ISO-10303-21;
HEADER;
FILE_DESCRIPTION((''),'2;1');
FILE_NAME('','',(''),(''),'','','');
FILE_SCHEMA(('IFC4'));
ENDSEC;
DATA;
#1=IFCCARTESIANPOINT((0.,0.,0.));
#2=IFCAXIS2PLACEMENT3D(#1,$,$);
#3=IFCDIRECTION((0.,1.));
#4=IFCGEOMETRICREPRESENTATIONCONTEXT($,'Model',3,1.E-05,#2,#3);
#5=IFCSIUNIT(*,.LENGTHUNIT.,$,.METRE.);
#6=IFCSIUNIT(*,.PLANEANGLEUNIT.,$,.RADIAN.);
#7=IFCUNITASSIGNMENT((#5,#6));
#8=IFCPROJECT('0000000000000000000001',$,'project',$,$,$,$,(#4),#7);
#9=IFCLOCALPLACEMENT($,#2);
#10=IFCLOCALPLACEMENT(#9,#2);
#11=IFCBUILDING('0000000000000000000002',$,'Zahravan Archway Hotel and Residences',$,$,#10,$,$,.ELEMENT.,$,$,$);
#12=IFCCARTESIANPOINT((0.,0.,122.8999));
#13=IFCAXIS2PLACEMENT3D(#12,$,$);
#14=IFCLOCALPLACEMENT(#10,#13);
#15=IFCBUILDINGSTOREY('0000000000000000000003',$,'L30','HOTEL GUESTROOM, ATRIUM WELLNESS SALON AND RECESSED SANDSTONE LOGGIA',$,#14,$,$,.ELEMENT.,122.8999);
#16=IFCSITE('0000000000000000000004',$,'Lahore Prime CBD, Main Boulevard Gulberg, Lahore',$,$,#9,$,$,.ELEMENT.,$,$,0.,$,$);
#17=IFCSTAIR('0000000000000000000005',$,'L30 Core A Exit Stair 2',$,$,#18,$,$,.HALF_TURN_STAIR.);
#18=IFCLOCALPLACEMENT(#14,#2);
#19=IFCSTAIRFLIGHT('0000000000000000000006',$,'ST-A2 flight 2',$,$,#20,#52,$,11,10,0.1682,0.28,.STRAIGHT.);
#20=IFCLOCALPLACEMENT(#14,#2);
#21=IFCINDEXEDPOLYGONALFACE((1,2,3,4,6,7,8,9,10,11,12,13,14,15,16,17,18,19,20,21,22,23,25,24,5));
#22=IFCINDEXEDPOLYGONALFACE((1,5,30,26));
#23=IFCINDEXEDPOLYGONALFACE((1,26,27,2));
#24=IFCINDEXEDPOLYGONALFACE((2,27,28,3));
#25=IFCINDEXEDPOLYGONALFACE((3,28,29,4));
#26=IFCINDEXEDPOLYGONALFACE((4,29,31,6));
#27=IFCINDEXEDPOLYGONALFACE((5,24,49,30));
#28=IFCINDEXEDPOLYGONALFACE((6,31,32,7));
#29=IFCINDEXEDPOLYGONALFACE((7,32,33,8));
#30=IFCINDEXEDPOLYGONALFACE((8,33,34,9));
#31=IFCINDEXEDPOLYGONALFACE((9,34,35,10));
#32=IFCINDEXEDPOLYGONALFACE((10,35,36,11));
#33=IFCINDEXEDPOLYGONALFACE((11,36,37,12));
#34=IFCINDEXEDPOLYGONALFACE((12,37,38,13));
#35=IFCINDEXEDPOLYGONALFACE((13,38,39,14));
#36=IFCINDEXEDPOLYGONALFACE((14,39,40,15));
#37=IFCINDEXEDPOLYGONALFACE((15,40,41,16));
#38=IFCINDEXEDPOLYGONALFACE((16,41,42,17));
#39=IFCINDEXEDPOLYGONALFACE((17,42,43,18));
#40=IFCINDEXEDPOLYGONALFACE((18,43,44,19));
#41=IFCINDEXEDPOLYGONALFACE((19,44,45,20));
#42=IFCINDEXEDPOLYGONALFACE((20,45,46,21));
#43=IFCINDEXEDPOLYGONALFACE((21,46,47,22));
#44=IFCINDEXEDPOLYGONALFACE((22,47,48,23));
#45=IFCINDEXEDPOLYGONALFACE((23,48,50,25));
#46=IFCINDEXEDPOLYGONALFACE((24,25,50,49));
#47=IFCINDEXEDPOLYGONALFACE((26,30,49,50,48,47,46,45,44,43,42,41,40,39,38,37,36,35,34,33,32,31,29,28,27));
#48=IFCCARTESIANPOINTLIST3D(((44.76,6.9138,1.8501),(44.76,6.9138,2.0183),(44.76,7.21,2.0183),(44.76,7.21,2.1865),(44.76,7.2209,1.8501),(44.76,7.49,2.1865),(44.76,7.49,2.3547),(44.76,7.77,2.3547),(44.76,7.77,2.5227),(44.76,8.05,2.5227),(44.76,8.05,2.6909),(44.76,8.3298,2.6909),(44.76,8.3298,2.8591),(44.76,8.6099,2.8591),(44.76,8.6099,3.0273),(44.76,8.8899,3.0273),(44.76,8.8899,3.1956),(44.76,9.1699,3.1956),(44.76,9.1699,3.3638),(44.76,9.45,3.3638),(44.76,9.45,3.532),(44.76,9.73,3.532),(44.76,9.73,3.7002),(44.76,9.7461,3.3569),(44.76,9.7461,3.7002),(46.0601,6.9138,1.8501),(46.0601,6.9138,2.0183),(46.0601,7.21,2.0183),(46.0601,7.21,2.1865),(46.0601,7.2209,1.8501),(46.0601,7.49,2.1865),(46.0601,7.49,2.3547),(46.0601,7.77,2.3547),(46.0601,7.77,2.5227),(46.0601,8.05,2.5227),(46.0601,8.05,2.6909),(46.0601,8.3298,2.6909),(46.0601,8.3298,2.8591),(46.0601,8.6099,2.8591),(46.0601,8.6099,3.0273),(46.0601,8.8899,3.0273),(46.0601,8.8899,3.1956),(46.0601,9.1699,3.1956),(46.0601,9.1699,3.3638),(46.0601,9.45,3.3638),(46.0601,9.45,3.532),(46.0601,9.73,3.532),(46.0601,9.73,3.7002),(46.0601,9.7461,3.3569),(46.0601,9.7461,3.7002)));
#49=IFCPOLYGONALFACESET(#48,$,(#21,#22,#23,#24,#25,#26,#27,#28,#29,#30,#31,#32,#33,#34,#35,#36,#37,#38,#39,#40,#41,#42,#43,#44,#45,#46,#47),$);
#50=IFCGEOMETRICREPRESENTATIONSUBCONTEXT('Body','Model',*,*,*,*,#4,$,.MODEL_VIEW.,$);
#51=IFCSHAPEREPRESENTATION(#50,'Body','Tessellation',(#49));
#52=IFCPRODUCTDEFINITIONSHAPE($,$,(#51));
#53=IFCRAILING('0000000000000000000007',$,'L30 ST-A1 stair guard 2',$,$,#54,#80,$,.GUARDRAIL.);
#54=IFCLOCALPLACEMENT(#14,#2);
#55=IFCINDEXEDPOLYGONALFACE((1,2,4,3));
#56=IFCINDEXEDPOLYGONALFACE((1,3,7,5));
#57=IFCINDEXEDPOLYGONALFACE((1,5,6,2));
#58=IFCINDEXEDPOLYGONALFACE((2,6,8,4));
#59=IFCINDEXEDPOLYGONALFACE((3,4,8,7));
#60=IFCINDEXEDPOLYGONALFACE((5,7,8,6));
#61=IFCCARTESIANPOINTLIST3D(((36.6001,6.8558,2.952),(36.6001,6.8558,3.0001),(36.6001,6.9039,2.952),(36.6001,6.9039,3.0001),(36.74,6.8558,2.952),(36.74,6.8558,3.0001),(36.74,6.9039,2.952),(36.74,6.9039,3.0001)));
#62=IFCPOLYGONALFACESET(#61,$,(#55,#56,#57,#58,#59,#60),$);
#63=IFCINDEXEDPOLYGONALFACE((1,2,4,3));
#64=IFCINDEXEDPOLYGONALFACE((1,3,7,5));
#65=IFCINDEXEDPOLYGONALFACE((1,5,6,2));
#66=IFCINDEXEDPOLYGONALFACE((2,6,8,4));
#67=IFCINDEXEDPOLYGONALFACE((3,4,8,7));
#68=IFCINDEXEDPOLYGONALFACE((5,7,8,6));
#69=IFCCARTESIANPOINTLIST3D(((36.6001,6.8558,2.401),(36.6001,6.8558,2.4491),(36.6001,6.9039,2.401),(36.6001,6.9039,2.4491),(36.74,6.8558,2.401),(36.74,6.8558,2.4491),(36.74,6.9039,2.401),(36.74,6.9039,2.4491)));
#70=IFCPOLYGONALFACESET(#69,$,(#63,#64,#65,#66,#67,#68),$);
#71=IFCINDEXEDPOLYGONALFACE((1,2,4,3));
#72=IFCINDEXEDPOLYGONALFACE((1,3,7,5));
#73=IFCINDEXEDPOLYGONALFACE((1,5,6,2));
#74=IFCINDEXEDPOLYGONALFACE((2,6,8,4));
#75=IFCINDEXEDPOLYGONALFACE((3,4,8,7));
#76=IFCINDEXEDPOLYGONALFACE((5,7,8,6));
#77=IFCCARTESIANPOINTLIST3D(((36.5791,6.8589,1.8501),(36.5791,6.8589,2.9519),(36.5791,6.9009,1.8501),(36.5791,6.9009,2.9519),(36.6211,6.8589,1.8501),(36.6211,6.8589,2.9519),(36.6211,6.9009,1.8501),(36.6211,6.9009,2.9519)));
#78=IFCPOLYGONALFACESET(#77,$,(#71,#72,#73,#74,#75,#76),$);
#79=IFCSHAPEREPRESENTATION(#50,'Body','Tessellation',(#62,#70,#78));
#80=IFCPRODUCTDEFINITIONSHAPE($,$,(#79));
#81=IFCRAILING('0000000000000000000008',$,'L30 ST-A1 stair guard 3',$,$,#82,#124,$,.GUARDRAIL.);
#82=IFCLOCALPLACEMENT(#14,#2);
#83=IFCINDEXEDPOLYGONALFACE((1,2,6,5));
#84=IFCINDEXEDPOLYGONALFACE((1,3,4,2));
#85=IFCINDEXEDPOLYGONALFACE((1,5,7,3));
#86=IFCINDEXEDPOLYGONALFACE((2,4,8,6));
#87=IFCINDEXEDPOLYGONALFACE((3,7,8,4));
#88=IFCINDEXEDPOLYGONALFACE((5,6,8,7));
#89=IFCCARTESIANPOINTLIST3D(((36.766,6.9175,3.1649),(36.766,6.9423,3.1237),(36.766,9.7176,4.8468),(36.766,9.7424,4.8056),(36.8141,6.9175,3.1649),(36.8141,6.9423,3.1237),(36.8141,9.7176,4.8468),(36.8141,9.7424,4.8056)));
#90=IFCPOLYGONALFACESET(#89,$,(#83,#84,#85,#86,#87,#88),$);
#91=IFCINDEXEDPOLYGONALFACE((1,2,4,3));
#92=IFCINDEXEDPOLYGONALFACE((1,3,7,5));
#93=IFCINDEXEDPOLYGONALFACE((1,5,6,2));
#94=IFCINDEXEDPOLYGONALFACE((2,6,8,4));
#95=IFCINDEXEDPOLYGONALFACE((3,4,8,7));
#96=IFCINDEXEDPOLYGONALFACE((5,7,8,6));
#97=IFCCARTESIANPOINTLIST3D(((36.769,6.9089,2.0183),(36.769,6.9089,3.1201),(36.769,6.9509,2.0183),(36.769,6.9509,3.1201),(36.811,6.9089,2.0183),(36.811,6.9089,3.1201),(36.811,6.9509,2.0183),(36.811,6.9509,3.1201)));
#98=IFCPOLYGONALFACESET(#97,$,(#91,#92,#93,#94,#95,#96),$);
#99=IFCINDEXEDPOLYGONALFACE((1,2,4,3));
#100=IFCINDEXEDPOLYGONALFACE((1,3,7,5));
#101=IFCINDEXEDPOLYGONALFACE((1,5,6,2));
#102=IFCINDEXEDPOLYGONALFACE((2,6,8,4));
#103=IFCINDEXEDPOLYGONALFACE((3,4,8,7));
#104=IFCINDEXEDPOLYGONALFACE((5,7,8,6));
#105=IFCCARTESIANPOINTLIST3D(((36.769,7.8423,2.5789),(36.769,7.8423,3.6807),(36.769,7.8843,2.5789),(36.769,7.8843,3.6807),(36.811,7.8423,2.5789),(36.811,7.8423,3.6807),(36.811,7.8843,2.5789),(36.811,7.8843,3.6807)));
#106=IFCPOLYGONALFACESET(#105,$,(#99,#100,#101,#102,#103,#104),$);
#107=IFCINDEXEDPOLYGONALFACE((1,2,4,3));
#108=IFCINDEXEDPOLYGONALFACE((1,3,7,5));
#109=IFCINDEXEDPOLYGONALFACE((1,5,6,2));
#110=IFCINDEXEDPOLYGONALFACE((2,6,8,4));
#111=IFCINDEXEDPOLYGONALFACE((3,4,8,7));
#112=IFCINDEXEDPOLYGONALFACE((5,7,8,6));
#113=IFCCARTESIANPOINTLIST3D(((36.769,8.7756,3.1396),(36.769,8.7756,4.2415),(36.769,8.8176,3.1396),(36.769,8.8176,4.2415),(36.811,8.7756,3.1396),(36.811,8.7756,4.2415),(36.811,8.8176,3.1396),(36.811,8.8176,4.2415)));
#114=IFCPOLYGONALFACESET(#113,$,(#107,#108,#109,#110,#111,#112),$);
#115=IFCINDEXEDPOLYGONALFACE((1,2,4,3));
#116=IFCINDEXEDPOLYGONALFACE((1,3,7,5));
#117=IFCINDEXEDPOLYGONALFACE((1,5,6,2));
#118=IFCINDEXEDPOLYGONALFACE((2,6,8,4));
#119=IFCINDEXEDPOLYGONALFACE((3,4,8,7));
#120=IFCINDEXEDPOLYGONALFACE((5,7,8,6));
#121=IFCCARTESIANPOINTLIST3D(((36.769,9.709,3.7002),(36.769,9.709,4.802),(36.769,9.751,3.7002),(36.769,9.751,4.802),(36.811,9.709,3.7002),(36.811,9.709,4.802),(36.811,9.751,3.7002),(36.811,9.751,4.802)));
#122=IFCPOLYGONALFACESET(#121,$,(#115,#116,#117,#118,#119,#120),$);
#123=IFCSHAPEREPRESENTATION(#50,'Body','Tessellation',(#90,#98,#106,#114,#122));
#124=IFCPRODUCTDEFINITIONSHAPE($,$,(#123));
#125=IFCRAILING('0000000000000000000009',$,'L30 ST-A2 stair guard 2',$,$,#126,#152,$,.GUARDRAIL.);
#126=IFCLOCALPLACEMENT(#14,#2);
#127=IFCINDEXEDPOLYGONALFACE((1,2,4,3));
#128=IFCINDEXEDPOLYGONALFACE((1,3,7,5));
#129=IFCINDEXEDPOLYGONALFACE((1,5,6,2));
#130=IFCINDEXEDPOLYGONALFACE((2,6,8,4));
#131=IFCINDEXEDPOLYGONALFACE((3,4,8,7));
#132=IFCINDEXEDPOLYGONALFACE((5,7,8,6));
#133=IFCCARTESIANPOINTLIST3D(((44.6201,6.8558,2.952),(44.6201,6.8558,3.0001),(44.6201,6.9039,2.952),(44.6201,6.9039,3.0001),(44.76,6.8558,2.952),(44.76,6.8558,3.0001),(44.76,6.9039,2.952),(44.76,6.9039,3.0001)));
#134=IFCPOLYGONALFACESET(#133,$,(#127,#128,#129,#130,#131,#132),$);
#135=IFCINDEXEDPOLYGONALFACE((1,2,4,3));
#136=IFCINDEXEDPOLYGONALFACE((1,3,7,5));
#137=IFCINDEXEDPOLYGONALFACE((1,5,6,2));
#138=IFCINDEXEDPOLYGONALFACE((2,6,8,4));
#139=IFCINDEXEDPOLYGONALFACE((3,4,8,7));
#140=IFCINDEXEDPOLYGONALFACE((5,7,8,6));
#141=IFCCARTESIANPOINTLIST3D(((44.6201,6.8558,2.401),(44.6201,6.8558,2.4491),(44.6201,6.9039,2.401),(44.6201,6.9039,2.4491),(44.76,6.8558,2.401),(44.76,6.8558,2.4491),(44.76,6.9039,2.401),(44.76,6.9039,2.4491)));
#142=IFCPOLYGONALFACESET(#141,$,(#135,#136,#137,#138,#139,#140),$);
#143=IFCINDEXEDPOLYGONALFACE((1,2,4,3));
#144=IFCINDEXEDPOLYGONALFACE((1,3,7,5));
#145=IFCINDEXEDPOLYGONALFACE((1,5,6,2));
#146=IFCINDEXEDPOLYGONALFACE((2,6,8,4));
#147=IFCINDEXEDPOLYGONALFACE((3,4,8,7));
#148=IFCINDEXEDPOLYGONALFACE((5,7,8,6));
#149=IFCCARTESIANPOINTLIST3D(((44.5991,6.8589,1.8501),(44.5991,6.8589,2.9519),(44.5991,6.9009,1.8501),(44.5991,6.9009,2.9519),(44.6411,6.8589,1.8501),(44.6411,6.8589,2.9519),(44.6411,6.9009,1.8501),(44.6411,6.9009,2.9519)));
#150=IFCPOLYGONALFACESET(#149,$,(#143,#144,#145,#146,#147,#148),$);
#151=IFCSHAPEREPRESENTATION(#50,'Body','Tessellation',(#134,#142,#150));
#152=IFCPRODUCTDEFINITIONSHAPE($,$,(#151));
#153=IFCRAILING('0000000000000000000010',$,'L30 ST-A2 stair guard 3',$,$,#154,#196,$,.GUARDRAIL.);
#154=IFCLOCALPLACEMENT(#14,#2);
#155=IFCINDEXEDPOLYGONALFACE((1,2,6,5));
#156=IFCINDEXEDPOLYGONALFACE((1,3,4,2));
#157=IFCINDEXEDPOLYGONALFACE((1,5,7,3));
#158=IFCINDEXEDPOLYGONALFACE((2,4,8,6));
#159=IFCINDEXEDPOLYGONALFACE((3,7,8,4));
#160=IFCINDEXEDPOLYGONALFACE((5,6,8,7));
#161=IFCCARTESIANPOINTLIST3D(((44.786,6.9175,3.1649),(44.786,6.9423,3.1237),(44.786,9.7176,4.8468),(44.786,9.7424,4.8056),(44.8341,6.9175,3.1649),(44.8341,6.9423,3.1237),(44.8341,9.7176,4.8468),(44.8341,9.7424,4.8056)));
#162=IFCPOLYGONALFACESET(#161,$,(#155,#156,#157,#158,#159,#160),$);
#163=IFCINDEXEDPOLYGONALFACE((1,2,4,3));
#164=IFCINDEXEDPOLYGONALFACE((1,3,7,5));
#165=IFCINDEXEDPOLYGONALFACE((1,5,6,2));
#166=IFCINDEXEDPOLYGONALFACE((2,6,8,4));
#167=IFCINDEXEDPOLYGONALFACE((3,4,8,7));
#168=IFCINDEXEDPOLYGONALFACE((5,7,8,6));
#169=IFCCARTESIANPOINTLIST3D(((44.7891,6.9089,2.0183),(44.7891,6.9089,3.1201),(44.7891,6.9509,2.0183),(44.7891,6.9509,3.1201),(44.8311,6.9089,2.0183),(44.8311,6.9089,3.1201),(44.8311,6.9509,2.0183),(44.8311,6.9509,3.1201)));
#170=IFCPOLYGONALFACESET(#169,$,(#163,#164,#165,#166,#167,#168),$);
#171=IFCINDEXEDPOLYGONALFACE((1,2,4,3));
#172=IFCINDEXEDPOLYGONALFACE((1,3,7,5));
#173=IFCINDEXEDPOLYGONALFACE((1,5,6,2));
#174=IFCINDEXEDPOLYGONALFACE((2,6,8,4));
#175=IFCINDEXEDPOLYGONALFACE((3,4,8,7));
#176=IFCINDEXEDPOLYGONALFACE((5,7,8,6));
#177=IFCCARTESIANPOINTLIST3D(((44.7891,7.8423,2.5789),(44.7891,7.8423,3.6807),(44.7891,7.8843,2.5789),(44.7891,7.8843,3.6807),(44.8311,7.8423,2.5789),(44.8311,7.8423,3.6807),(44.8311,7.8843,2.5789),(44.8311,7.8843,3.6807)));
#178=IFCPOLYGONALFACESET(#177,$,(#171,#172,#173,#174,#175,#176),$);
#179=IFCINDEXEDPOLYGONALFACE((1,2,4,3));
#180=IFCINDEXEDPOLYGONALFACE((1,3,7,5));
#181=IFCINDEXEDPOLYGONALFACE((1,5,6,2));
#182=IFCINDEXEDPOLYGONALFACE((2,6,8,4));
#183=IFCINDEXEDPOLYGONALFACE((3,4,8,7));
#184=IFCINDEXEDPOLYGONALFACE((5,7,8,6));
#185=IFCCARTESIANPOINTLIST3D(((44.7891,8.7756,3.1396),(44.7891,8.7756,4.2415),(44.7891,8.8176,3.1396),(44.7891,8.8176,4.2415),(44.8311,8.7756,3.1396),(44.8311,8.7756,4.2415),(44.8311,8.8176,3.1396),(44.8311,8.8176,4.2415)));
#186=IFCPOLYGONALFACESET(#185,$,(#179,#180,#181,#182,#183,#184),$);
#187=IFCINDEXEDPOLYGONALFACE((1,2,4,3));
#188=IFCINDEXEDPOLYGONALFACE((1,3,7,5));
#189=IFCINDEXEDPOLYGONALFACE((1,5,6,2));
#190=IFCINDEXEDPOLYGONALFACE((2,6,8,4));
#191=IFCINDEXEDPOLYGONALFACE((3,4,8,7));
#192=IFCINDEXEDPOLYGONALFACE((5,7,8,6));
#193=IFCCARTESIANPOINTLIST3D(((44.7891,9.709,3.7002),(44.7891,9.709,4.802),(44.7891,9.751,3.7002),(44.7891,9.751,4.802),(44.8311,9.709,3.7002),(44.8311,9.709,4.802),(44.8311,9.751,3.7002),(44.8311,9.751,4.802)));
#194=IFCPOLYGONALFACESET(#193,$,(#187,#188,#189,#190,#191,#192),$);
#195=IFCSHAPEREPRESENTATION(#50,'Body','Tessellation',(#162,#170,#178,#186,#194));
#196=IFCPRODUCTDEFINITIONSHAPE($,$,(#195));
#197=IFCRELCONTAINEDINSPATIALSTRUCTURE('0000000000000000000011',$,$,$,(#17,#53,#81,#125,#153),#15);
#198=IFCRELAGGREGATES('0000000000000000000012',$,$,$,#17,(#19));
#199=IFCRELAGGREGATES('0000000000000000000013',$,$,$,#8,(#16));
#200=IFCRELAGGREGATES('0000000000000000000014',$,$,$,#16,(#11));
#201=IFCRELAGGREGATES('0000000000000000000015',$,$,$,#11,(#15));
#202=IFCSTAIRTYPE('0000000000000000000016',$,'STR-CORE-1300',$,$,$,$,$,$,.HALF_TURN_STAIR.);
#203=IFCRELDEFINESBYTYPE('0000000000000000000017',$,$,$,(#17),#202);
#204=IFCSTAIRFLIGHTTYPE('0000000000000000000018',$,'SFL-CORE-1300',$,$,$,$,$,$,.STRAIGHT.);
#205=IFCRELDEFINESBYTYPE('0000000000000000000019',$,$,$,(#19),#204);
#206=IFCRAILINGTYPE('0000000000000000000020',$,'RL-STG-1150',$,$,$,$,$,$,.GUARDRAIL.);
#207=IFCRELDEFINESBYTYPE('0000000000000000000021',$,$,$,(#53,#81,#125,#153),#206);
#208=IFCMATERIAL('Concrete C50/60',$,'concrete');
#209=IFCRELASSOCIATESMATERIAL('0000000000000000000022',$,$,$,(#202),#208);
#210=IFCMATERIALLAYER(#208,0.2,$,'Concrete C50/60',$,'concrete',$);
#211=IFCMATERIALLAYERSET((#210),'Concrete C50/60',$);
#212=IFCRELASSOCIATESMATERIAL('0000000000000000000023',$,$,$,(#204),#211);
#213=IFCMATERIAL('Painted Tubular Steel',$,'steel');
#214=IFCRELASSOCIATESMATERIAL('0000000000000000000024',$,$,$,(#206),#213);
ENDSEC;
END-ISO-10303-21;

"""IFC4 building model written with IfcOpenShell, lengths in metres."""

from ifc_helpers import new_model, si_unit, direction, frame, origin, origin_2d, place, context, subcontext, project, spatial, polyline, rectangle, outline, extrude, source, transform, mapped, material, layer, layer_set, type_object, element, aggregate, save


model = new_model("IFC4")

# Units and contexts
model_context = context("Model", 3, precision=1e-05, world=origin(), true_north=direction((0.0, 1.0)))
body_context = subcontext(model_context, "Body", "Model", "MODEL_VIEW")
ifc_project = project(units=[si_unit("LENGTHUNIT", "METRE"), si_unit("PLANEANGLEUNIT", "RADIAN")], contexts=[model_context])

# Site, building, storey
site_placement = place(None, origin())
site = spatial("IfcSite", under=ifc_project, at=site_placement, Name="Lahore Prime CBD, Main Boulevard Gulberg, Lahore", CompositionType="ELEMENT", RefElevation=0.0)
building_placement = place(site_placement, origin())
building = spatial("IfcBuilding", under=site, at=building_placement, Name="Zahravan Archway Hotel and Residences", CompositionType="ELEMENT")
storey_placement = place(building_placement, frame((0.0, 0.0, 122.8999)))
storey = spatial("IfcBuildingStorey", under=building, at=storey_placement, Name="L30", Description="HOTEL GUESTROOM, ATRIUM WELLNESS SALON AND RECESSED SANDSTONE LOGGIA", CompositionType="ELEMENT", Elevation=122.8999)

# Shared definitions
ifc_material_1 = material(Name="Concrete C50/60", Category="concrete")

# Stair, stair flight
stair_type = type_object("IfcStairType", Name="STR-CORE-1300", PredefinedType="HALF_TURN_STAIR", material=ifc_material_1)
ifc_layer_1 = layer(ifc_material_1, 0.2, Name="Concrete C50/60", Category="concrete")
ifc_layer_set_1 = layer_set([ifc_layer_1], Name="Concrete C50/60")
stair_flight_type = type_object("IfcStairFlightType", Name="SFL-CORE-1300", PredefinedType="STRAIGHT", material=ifc_layer_set_1)
shared_shape_1 = source(origin(), body_context, "Body", "SweptSolid", [
    extrude(outline(polyline([(-0.0161, 0.0), (-0.0161, 0.1682), (0.28, 0.1682), (0.28, 0.3364), (0.5601, 0.3364), (0.5601, 0.5046), (0.8401, 0.5046), (0.8401, 0.6726), (1.1201, 0.6726), (1.1201, 0.8408), (1.3999, 0.8408), (1.3999, 1.009), (1.6799, 1.009), (1.6799, 1.1772), (1.96, 1.1772), (1.96, 1.3455), (2.24, 1.3455), (2.24, 1.5137), (2.52, 1.5137), (2.52, 1.6819), (2.8, 1.6819), (2.8, 1.8501), (2.8162, 1.8501), (2.8162, 1.5068), (0.291, 0.0), (-0.0161, 0.0)])), frame((0.0, 0.6499, 0.0), z_axis=(0.0, -1.0, 0.0), x_axis=(1.0, 0.0, 0.0)), (0.0, 0.0, 1.0), 1.3),
])
stair_1_placement = place(storey_placement, origin())
stair_1 = element("IfcStair", 1, at=stair_1_placement, inside=storey, type_object=stair_type, Name="L30 Core A Exit Stair 2", PredefinedType="HALF_TURN_STAIR")
stair_flight_1_placement = place(storey_placement, frame((45.4099, 6.9299, 1.8501), z_axis=(0.0, 0.0, 1.0), x_axis=(0.0, 1.0, 0.0)))
stair_flight_1 = element("IfcStairFlight", 2, at=stair_flight_1_placement, type_object=stair_flight_type, Name="ST-A2 flight 2", NumberOfRisers=11, NumberOfTreads=10, PredefinedType="STRAIGHT", RiserHeight=0.1682, TreadLength=0.28, context=body_context, shape_type="MappedRepresentation", body=[
    mapped(shared_shape_1, transform((0.0, 0.0, 0.0), scale=1.0)),
])
aggregate(stair_1, [stair_flight_1])

# Railings
ifc_material_2 = material(Name="Painted Tubular Steel", Category="steel")
railing_type_1 = type_object("IfcRailingType", Name="RL-STG-1150", PredefinedType="GUARDRAIL", material=ifc_material_2)
railing_1_placement = place(storey_placement, frame((36.6001, 6.8799, 1.8501)))
element("IfcRailing", 3, at=railing_1_placement, inside=storey, type_object=railing_type_1, Name="L30 ST-A1 stair guard 2", PredefinedType="GUARDRAIL", context=body_context, shape_type="SweptSolid", body=[
    extrude(rectangle(XDim=0.0481, YDim=0.0481, at=origin_2d()), frame((0.0, 0.0, 1.126), z_axis=(1.0, 0.0, 0.0), x_axis=(0.0, 1.0, 0.0)), (0.0, 0.0, 1.0), 0.1399),
    extrude(rectangle(XDim=0.0481, YDim=0.0481, at=origin_2d()), frame((0.0, 0.0, 0.575), z_axis=(1.0, 0.0, 0.0), x_axis=(0.0, 1.0, 0.0)), (0.0, 0.0, 1.0), 0.1399),
    extrude(rectangle(XDim=0.042, YDim=0.042, at=origin_2d()), origin(), (0.0, 0.0, 1.0), 1.1018),
])
railing_2_placement = place(storey_placement, frame((36.79, 6.9299, 2.0183)))
element("IfcRailing", 4, at=railing_2_placement, inside=storey, type_object=railing_type_1, Name="L30 ST-A1 stair guard 3", PredefinedType="GUARDRAIL", context=body_context, shape_type="SweptSolid", body=[
    extrude(rectangle(XDim=0.0481, YDim=0.0481, at=origin_2d()), frame((0.0, 0.0, 1.126), z_axis=(0.0, 0.857242, 0.514913), x_axis=(-1.0, 0.0, 0.0)), (0.0, 0.0, 1.0), 3.2664),
    extrude(rectangle(XDim=0.042, YDim=0.042, at=origin_2d()), origin(), (0.0, 0.0, 1.0), 1.1018),
    extrude(rectangle(XDim=0.042, YDim=0.042, at=origin_2d()), frame((0.0, 0.9333, 0.5605)), (0.0, 0.0, 1.0), 1.1018),
    extrude(rectangle(XDim=0.042, YDim=0.042, at=origin_2d()), frame((0.0, 1.8667, 1.1213)), (0.0, 0.0, 1.0), 1.1018),
    extrude(rectangle(XDim=0.042, YDim=0.042, at=origin_2d()), frame((0.0, 2.8, 1.6819)), (0.0, 0.0, 1.0), 1.1018),
])
railing_3_placement = place(storey_placement, frame((44.6201, 6.8799, 1.8501)))
element("IfcRailing", 5, at=railing_3_placement, inside=storey, type_object=railing_type_1, Name="L30 ST-A2 stair guard 2", PredefinedType="GUARDRAIL", context=body_context, shape_type="SweptSolid", body=[
    extrude(rectangle(XDim=0.0481, YDim=0.0481, at=origin_2d()), frame((0.0, 0.0, 1.126), z_axis=(1.0, 0.0, 0.0), x_axis=(0.0, 1.0, 0.0)), (0.0, 0.0, 1.0), 0.1399),
    extrude(rectangle(XDim=0.0481, YDim=0.0481, at=origin_2d()), frame((0.0, 0.0, 0.575), z_axis=(1.0, 0.0, 0.0), x_axis=(0.0, 1.0, 0.0)), (0.0, 0.0, 1.0), 0.1399),
    extrude(rectangle(XDim=0.042, YDim=0.042, at=origin_2d()), origin(), (0.0, 0.0, 1.0), 1.1018),
])
railing_4_placement = place(storey_placement, frame((44.8101, 6.9299, 2.0183)))
element("IfcRailing", 6, at=railing_4_placement, inside=storey, type_object=railing_type_1, Name="L30 ST-A2 stair guard 3", PredefinedType="GUARDRAIL", context=body_context, shape_type="SweptSolid", body=[
    extrude(rectangle(XDim=0.0481, YDim=0.0481, at=origin_2d()), frame((0.0, 0.0, 1.126), z_axis=(0.0, 0.857242, 0.514913), x_axis=(-1.0, 0.0, 0.0)), (0.0, 0.0, 1.0), 3.2664),
    extrude(rectangle(XDim=0.042, YDim=0.042, at=origin_2d()), origin(), (0.0, 0.0, 1.0), 1.1018),
    extrude(rectangle(XDim=0.042, YDim=0.042, at=origin_2d()), frame((0.0, 0.9333, 0.5605)), (0.0, 0.0, 1.0), 1.1018),
    extrude(rectangle(XDim=0.042, YDim=0.042, at=origin_2d()), frame((0.0, 1.8667, 1.1213)), (0.0, 0.0, 1.0), 1.1018),
    extrude(rectangle(XDim=0.042, YDim=0.042, at=origin_2d()), frame((0.0, 2.8, 1.6819)), (0.0, 0.0, 1.0), 1.1018),
])

save(model, "model.ifc")
